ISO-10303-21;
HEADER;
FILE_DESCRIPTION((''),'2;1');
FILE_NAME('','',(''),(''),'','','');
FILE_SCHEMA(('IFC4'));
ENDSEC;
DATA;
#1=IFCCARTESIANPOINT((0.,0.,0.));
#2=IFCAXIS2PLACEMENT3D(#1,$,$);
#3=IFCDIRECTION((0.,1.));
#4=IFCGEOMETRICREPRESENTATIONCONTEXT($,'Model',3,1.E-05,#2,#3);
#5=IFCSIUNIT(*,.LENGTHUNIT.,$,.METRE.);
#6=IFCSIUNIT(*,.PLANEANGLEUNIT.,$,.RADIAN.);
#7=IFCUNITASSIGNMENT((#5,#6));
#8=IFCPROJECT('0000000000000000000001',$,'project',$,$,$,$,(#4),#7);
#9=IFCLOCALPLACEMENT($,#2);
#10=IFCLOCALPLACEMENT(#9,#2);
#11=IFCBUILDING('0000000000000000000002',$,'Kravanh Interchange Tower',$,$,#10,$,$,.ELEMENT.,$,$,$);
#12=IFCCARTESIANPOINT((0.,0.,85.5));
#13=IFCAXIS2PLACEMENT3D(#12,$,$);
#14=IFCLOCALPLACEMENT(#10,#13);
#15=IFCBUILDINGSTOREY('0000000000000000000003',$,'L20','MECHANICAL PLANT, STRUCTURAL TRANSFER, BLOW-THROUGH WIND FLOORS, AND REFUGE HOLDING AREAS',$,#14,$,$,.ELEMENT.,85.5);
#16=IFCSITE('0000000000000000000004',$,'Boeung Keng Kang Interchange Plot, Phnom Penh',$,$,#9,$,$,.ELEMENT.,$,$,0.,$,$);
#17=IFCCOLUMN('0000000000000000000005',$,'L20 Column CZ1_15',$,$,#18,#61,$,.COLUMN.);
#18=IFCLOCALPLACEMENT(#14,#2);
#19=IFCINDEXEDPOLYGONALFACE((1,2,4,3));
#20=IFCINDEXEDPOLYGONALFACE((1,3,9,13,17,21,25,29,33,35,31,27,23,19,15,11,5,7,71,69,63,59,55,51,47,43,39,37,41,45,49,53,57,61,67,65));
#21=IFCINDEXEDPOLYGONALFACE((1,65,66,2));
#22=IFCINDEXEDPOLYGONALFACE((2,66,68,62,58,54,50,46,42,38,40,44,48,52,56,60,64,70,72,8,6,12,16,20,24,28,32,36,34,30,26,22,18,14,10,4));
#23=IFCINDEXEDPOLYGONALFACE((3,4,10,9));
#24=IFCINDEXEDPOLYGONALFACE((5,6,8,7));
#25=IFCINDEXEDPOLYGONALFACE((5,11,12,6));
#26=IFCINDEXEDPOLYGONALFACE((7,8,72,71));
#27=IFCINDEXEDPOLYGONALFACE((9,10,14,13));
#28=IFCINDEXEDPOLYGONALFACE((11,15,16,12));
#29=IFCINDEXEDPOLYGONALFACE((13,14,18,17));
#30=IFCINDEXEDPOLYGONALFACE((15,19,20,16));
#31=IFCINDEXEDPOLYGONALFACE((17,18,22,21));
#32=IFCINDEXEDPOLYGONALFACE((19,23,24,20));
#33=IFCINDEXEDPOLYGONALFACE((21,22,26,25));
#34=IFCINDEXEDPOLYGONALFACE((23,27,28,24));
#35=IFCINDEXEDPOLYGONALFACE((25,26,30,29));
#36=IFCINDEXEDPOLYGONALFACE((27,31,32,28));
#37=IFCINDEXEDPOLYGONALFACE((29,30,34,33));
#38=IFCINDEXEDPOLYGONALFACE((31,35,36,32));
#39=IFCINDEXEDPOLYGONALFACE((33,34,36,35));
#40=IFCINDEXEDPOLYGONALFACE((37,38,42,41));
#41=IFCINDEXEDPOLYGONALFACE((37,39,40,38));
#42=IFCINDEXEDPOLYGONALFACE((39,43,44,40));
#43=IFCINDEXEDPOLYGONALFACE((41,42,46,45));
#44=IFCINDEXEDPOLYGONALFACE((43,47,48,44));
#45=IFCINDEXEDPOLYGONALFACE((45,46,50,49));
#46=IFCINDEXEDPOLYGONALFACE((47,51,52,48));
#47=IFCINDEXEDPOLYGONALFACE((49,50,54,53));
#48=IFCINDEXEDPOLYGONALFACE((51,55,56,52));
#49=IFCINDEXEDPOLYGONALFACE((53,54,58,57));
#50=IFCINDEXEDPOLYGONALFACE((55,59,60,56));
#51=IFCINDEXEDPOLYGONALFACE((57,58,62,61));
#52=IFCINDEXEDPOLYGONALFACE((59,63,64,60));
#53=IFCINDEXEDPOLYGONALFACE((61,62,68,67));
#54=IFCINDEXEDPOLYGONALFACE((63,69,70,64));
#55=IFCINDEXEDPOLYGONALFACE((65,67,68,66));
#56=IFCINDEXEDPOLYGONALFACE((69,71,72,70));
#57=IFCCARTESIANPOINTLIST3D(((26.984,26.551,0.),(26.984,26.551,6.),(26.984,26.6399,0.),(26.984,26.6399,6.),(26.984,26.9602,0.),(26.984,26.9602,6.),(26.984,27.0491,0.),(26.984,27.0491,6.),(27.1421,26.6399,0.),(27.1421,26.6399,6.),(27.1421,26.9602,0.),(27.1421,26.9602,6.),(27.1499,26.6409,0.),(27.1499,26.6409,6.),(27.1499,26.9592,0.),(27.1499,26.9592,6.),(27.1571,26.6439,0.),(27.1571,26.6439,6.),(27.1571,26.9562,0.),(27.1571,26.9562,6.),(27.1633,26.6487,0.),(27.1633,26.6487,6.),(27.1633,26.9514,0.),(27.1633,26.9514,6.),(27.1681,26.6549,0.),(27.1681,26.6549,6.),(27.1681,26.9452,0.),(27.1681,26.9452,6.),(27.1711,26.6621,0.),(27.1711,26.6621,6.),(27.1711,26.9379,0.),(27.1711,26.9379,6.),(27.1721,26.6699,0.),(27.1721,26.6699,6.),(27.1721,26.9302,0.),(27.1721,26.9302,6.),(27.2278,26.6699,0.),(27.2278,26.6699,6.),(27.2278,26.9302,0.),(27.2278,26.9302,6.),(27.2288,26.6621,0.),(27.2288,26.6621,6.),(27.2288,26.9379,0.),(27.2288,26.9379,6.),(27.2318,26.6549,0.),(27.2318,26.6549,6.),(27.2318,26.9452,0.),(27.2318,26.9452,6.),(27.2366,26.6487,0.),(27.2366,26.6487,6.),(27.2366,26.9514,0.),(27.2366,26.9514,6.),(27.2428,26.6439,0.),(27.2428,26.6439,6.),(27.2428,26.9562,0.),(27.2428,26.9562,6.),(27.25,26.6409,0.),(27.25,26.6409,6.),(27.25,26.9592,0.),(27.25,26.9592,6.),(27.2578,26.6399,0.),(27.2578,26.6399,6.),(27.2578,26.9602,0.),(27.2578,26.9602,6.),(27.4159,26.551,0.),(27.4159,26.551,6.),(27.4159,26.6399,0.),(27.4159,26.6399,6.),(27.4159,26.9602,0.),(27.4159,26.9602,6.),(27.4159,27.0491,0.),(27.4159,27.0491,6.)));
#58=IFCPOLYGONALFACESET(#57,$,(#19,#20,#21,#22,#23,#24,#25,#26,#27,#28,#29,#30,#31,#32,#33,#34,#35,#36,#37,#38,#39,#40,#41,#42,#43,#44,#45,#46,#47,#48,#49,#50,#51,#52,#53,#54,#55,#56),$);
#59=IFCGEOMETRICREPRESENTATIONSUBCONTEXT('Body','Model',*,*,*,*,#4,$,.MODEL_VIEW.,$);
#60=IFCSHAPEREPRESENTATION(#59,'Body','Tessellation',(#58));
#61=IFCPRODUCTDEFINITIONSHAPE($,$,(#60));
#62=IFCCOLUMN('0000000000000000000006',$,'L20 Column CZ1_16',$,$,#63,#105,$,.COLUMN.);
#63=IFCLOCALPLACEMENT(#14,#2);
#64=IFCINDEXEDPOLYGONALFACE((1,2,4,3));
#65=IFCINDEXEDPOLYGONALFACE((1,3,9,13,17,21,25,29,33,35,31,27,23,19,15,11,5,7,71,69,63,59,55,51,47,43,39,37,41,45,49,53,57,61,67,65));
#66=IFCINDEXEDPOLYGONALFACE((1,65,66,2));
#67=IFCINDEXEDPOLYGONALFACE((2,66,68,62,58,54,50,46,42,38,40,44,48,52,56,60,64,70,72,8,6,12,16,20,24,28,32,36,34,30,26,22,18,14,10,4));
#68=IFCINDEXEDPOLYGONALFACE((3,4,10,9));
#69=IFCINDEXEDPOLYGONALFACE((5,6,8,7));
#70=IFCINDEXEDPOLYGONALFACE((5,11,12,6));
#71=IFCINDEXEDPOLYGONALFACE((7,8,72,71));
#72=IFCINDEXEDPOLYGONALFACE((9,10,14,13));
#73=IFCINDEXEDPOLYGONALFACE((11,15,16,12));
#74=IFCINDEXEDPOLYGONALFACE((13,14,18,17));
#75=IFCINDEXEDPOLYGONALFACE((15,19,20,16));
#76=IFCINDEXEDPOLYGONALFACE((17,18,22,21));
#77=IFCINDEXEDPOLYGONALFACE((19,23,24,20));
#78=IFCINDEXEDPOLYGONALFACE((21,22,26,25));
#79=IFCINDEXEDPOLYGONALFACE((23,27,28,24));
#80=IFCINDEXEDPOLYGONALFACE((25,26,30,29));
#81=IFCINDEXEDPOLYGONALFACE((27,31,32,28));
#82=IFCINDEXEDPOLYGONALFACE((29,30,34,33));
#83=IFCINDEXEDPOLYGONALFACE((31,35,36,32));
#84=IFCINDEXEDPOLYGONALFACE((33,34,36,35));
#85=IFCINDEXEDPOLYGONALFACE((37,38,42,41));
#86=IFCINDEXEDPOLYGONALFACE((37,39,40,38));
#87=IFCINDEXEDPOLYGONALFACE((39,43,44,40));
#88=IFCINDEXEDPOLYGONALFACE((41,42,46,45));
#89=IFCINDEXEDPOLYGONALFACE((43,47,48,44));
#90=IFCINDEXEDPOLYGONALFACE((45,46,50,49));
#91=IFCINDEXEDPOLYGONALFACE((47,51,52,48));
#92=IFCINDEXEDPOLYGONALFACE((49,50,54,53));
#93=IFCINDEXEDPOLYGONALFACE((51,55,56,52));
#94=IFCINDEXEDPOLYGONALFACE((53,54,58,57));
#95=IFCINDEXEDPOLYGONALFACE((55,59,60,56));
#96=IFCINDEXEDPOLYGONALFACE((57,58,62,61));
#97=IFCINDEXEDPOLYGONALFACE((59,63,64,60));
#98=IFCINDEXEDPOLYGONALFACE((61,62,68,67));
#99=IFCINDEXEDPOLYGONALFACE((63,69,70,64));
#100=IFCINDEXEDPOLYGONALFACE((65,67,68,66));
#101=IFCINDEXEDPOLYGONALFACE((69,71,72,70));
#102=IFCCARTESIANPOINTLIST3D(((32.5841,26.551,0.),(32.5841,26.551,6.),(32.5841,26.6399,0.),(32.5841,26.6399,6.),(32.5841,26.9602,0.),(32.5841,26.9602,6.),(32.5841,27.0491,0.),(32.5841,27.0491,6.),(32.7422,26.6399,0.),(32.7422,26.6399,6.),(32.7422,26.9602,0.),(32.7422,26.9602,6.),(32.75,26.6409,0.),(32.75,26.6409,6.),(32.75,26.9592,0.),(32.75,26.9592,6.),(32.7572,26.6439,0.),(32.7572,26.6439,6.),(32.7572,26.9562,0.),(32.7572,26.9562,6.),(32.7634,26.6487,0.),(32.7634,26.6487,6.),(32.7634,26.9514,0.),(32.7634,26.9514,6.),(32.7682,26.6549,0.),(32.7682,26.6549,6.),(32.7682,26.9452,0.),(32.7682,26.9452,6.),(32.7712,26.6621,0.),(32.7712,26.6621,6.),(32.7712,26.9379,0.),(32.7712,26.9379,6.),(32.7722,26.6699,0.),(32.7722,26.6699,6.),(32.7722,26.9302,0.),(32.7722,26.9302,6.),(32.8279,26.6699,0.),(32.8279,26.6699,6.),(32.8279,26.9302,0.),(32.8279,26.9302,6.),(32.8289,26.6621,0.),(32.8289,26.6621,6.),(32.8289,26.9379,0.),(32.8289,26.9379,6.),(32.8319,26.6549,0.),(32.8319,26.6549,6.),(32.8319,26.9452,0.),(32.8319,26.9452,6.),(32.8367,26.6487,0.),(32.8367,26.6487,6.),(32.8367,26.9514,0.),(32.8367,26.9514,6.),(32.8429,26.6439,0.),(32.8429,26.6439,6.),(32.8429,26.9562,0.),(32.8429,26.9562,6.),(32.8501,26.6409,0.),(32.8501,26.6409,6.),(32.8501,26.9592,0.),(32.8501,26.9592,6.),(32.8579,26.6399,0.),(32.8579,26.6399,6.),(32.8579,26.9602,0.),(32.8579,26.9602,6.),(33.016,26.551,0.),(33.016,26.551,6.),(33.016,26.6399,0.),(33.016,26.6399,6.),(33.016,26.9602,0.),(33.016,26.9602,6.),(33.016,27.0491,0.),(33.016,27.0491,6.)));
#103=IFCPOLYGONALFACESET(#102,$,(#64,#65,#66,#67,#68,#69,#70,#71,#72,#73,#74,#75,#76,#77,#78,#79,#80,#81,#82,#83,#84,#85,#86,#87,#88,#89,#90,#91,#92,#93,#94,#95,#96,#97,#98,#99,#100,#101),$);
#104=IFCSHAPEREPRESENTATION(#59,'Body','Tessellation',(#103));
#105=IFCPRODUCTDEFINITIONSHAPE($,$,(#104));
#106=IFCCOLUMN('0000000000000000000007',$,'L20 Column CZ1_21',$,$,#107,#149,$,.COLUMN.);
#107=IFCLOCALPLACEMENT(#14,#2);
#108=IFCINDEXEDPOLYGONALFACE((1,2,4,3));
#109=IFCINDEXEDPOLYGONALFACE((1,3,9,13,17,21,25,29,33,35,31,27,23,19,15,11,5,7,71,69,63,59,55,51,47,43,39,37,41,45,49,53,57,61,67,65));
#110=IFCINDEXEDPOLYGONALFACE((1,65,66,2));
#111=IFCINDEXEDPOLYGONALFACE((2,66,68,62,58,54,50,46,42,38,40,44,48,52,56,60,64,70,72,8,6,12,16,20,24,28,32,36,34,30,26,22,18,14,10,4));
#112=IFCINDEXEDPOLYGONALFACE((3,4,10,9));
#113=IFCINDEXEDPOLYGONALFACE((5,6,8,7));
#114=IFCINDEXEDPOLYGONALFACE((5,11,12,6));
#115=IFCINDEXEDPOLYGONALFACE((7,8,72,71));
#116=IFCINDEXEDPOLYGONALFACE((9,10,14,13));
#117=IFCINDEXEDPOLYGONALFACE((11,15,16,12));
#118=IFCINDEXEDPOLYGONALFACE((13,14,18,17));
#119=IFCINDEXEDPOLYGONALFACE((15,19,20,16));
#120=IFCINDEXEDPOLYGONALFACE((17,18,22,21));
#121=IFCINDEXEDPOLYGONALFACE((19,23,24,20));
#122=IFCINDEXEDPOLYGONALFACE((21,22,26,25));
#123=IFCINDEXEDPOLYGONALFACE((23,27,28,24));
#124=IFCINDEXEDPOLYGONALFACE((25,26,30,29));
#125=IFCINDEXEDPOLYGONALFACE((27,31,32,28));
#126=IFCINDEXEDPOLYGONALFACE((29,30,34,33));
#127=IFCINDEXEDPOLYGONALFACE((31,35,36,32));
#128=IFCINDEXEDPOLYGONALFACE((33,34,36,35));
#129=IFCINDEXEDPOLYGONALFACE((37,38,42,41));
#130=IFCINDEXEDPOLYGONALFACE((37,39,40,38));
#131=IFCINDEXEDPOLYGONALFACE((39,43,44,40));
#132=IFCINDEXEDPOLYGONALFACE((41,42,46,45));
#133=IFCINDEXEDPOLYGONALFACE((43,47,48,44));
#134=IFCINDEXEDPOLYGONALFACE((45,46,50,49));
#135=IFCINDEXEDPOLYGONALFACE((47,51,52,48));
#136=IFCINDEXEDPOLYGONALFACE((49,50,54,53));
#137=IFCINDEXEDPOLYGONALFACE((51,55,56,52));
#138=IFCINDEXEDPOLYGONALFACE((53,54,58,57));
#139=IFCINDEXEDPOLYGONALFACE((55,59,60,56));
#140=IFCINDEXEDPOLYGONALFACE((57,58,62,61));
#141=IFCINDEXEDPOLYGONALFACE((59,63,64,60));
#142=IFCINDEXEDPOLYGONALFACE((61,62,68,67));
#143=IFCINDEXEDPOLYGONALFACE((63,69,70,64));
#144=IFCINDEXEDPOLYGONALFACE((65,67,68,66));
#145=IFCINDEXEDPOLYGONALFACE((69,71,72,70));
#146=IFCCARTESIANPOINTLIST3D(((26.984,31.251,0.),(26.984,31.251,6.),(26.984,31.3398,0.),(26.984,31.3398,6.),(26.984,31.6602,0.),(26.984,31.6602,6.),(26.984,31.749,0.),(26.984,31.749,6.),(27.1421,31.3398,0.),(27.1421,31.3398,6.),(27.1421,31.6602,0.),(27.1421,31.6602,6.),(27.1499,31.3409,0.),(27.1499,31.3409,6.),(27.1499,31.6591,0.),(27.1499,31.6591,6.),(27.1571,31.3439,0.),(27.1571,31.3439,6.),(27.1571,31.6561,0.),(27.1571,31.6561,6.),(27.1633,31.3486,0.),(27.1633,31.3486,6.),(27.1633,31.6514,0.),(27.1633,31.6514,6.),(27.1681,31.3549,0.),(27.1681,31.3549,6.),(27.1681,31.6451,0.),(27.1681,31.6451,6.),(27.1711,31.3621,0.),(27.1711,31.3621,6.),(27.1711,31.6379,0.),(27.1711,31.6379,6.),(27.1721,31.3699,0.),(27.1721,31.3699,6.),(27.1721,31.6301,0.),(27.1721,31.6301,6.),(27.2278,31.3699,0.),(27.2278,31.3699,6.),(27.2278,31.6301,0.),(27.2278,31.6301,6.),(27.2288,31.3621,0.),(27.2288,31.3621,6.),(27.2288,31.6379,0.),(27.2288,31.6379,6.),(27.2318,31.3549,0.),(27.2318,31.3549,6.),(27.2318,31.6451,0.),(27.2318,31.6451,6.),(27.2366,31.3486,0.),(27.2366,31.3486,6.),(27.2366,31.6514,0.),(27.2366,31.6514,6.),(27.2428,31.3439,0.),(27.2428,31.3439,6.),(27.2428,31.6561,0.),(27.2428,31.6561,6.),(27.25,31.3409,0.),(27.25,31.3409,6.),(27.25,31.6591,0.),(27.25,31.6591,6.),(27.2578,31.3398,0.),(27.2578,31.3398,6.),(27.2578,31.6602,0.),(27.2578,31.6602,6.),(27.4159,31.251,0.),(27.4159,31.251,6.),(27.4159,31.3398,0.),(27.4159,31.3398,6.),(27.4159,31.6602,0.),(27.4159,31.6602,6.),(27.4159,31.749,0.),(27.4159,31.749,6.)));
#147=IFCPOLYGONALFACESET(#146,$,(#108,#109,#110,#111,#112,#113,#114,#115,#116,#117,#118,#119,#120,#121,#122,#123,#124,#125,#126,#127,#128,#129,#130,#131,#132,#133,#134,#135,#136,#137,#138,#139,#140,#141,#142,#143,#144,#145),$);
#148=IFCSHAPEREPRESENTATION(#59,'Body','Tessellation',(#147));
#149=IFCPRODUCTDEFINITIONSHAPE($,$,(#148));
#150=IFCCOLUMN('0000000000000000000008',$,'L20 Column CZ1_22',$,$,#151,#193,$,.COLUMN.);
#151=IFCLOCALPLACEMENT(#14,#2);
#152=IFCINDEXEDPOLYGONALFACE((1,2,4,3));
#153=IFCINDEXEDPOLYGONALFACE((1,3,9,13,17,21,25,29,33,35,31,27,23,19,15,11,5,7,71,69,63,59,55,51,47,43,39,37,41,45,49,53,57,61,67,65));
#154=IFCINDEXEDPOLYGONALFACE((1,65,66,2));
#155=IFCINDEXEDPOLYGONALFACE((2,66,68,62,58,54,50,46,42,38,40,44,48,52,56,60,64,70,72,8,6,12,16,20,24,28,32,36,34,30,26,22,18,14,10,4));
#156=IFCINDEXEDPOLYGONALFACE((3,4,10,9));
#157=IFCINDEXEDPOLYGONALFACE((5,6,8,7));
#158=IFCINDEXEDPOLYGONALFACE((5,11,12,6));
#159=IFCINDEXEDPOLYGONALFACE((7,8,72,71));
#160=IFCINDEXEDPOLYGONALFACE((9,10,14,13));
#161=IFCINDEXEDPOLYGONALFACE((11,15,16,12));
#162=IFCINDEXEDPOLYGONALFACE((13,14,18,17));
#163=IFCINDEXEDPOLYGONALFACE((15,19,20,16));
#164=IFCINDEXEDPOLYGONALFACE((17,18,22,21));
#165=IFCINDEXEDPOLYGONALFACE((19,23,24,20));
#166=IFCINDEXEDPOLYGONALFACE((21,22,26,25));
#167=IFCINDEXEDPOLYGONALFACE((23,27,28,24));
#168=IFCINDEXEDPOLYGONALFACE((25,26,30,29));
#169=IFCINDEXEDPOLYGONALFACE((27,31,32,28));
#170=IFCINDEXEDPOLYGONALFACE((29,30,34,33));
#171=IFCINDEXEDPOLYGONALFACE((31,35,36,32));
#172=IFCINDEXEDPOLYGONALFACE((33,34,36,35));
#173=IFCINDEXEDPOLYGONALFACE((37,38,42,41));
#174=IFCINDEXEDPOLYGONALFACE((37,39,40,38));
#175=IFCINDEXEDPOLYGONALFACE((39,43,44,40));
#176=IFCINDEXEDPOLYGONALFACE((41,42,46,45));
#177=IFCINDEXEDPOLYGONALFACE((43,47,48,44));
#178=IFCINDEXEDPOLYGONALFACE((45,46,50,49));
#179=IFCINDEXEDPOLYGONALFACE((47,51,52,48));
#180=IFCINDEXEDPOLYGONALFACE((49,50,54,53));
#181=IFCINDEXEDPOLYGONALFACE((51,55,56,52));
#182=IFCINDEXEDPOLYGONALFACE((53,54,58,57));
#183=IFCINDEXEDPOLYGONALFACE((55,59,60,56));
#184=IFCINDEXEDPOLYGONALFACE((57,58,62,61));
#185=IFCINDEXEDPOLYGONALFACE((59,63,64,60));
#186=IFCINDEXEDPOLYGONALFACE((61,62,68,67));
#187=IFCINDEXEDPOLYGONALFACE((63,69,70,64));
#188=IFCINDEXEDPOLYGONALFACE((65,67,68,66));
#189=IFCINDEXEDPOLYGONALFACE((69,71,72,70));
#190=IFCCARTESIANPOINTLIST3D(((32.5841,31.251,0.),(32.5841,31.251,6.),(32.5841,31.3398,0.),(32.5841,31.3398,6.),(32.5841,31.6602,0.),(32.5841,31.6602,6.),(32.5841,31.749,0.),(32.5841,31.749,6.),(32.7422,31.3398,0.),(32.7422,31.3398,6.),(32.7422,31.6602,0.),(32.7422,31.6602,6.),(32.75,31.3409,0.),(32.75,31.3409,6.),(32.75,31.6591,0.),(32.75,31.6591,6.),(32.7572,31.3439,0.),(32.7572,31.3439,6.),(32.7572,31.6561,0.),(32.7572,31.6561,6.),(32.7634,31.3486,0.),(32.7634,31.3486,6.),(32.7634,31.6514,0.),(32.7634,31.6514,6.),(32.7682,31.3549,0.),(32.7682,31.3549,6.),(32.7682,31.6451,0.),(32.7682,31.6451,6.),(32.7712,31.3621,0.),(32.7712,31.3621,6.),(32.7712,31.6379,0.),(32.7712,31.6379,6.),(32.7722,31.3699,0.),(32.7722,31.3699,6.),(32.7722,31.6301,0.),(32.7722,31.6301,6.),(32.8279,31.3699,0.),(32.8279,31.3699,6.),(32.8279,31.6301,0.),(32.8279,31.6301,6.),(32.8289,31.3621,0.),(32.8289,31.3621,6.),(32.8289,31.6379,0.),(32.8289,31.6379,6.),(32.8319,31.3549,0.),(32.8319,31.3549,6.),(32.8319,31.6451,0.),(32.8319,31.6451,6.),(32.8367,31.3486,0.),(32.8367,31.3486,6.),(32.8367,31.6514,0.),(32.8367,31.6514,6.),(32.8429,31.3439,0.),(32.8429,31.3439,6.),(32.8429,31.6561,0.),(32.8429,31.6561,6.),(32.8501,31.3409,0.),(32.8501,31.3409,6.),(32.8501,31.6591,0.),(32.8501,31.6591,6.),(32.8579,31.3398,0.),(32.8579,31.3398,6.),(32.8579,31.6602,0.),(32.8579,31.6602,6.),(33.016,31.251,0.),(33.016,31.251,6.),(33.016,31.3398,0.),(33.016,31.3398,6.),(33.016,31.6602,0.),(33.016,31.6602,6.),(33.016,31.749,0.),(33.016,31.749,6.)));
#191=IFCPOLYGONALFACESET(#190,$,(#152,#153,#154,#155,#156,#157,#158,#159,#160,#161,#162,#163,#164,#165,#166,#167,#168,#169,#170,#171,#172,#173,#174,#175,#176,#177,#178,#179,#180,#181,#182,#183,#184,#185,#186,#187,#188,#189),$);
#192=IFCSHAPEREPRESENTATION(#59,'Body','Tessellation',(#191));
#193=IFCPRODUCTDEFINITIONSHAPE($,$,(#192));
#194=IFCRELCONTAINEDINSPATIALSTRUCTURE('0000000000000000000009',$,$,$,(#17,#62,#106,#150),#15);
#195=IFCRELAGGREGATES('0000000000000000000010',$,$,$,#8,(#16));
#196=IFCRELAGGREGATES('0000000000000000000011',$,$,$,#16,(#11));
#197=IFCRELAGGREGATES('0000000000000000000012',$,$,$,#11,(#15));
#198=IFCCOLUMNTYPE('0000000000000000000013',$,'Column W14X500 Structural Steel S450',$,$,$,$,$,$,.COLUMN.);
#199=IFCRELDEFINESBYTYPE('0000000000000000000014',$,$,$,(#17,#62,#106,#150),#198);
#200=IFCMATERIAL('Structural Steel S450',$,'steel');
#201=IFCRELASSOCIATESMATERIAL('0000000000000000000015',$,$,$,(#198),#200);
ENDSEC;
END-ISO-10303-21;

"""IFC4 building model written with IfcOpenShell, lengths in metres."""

from ifc_helpers import new_model, si_unit, direction, frame, origin, origin_2d, place, context, subcontext, project, spatial, i_section, extrude, material, material_profile, profile_set, type_object, element, save


model = new_model("IFC4")

# Units and contexts
model_context = context("Model", 3, precision=1e-05, world=origin(), true_north=direction((0.0, 1.0)))
body_context = subcontext(model_context, "Body", "Model", "MODEL_VIEW")
ifc_project = project(units=[si_unit("LENGTHUNIT", "METRE"), si_unit("PLANEANGLEUNIT", "RADIAN")], contexts=[model_context])

# Site, building, storey
site_placement = place(None, origin())
site = spatial("IfcSite", under=ifc_project, at=site_placement, Name="Boeung Keng Kang Interchange Plot, Phnom Penh", CompositionType="ELEMENT", RefElevation=0.0)
building_placement = place(site_placement, origin())
building = spatial("IfcBuilding", under=site, at=building_placement, Name="Kravanh Interchange Tower", CompositionType="ELEMENT")
storey_placement = place(building_placement, frame((0.0, 0.0, 85.5)))
storey = spatial("IfcBuildingStorey", under=building, at=storey_placement, Name="L20", Description="MECHANICAL PLANT, STRUCTURAL TRANSFER, BLOW-THROUGH WIND FLOORS, AND REFUGE HOLDING AREAS", CompositionType="ELEMENT", Elevation=85.5)

# Columns
ifc_material_1 = material(Name="Structural Steel S450", Category="steel")
ifc_material_profile_1 = material_profile(ifc_material_1, i_section(OverallWidth=0.4319, OverallDepth=0.498, WebThickness=0.0557, FlangeThickness=0.0889, FilletRadius=0.03, at=origin_2d()), Name="W14X500")
ifc_profile_set_1 = profile_set([ifc_material_profile_1], Name="Structural Steel S450")
column_type = type_object("IfcColumnType", Name="Column W14X500 Structural Steel S450", PredefinedType="COLUMN", material=ifc_profile_set_1)
for number, where, z_axis, x_axis, name in (
    (1, (27.2, 26.8, 0.0), (0.0, 0.0, 1.0), (1.0, 0.0, 0.0), "L20 Column CZ1_15"),
    (2, (32.8, 26.8, 0.0), (0.0, 0.0, 1.0), (1.0, 0.0, 0.0), "L20 Column CZ1_16"),
    (3, (27.2, 31.5, 0.0), (0.0, 0.0, 1.0), (1.0, 0.0, 0.0), "L20 Column CZ1_21"),
    (4, (32.8, 31.5, 0.0), (0.0, 0.0, 1.0), (1.0, 0.0, 0.0), "L20 Column CZ1_22"),
):
    element("IfcColumn", number, at=place(storey_placement, frame(where, z_axis=z_axis, x_axis=x_axis)), inside=storey, type_object=column_type, Name=name, PredefinedType="COLUMN", context=body_context, shape_type="SweptSolid", body=[
        extrude(i_section(OverallWidth=0.4319, OverallDepth=0.498, WebThickness=0.0557, FlangeThickness=0.0889, FilletRadius=0.03, at=origin_2d()), origin(), (0.0, 0.0, 1.0), 6.0),
    ])

save(model, "model.ifc")
